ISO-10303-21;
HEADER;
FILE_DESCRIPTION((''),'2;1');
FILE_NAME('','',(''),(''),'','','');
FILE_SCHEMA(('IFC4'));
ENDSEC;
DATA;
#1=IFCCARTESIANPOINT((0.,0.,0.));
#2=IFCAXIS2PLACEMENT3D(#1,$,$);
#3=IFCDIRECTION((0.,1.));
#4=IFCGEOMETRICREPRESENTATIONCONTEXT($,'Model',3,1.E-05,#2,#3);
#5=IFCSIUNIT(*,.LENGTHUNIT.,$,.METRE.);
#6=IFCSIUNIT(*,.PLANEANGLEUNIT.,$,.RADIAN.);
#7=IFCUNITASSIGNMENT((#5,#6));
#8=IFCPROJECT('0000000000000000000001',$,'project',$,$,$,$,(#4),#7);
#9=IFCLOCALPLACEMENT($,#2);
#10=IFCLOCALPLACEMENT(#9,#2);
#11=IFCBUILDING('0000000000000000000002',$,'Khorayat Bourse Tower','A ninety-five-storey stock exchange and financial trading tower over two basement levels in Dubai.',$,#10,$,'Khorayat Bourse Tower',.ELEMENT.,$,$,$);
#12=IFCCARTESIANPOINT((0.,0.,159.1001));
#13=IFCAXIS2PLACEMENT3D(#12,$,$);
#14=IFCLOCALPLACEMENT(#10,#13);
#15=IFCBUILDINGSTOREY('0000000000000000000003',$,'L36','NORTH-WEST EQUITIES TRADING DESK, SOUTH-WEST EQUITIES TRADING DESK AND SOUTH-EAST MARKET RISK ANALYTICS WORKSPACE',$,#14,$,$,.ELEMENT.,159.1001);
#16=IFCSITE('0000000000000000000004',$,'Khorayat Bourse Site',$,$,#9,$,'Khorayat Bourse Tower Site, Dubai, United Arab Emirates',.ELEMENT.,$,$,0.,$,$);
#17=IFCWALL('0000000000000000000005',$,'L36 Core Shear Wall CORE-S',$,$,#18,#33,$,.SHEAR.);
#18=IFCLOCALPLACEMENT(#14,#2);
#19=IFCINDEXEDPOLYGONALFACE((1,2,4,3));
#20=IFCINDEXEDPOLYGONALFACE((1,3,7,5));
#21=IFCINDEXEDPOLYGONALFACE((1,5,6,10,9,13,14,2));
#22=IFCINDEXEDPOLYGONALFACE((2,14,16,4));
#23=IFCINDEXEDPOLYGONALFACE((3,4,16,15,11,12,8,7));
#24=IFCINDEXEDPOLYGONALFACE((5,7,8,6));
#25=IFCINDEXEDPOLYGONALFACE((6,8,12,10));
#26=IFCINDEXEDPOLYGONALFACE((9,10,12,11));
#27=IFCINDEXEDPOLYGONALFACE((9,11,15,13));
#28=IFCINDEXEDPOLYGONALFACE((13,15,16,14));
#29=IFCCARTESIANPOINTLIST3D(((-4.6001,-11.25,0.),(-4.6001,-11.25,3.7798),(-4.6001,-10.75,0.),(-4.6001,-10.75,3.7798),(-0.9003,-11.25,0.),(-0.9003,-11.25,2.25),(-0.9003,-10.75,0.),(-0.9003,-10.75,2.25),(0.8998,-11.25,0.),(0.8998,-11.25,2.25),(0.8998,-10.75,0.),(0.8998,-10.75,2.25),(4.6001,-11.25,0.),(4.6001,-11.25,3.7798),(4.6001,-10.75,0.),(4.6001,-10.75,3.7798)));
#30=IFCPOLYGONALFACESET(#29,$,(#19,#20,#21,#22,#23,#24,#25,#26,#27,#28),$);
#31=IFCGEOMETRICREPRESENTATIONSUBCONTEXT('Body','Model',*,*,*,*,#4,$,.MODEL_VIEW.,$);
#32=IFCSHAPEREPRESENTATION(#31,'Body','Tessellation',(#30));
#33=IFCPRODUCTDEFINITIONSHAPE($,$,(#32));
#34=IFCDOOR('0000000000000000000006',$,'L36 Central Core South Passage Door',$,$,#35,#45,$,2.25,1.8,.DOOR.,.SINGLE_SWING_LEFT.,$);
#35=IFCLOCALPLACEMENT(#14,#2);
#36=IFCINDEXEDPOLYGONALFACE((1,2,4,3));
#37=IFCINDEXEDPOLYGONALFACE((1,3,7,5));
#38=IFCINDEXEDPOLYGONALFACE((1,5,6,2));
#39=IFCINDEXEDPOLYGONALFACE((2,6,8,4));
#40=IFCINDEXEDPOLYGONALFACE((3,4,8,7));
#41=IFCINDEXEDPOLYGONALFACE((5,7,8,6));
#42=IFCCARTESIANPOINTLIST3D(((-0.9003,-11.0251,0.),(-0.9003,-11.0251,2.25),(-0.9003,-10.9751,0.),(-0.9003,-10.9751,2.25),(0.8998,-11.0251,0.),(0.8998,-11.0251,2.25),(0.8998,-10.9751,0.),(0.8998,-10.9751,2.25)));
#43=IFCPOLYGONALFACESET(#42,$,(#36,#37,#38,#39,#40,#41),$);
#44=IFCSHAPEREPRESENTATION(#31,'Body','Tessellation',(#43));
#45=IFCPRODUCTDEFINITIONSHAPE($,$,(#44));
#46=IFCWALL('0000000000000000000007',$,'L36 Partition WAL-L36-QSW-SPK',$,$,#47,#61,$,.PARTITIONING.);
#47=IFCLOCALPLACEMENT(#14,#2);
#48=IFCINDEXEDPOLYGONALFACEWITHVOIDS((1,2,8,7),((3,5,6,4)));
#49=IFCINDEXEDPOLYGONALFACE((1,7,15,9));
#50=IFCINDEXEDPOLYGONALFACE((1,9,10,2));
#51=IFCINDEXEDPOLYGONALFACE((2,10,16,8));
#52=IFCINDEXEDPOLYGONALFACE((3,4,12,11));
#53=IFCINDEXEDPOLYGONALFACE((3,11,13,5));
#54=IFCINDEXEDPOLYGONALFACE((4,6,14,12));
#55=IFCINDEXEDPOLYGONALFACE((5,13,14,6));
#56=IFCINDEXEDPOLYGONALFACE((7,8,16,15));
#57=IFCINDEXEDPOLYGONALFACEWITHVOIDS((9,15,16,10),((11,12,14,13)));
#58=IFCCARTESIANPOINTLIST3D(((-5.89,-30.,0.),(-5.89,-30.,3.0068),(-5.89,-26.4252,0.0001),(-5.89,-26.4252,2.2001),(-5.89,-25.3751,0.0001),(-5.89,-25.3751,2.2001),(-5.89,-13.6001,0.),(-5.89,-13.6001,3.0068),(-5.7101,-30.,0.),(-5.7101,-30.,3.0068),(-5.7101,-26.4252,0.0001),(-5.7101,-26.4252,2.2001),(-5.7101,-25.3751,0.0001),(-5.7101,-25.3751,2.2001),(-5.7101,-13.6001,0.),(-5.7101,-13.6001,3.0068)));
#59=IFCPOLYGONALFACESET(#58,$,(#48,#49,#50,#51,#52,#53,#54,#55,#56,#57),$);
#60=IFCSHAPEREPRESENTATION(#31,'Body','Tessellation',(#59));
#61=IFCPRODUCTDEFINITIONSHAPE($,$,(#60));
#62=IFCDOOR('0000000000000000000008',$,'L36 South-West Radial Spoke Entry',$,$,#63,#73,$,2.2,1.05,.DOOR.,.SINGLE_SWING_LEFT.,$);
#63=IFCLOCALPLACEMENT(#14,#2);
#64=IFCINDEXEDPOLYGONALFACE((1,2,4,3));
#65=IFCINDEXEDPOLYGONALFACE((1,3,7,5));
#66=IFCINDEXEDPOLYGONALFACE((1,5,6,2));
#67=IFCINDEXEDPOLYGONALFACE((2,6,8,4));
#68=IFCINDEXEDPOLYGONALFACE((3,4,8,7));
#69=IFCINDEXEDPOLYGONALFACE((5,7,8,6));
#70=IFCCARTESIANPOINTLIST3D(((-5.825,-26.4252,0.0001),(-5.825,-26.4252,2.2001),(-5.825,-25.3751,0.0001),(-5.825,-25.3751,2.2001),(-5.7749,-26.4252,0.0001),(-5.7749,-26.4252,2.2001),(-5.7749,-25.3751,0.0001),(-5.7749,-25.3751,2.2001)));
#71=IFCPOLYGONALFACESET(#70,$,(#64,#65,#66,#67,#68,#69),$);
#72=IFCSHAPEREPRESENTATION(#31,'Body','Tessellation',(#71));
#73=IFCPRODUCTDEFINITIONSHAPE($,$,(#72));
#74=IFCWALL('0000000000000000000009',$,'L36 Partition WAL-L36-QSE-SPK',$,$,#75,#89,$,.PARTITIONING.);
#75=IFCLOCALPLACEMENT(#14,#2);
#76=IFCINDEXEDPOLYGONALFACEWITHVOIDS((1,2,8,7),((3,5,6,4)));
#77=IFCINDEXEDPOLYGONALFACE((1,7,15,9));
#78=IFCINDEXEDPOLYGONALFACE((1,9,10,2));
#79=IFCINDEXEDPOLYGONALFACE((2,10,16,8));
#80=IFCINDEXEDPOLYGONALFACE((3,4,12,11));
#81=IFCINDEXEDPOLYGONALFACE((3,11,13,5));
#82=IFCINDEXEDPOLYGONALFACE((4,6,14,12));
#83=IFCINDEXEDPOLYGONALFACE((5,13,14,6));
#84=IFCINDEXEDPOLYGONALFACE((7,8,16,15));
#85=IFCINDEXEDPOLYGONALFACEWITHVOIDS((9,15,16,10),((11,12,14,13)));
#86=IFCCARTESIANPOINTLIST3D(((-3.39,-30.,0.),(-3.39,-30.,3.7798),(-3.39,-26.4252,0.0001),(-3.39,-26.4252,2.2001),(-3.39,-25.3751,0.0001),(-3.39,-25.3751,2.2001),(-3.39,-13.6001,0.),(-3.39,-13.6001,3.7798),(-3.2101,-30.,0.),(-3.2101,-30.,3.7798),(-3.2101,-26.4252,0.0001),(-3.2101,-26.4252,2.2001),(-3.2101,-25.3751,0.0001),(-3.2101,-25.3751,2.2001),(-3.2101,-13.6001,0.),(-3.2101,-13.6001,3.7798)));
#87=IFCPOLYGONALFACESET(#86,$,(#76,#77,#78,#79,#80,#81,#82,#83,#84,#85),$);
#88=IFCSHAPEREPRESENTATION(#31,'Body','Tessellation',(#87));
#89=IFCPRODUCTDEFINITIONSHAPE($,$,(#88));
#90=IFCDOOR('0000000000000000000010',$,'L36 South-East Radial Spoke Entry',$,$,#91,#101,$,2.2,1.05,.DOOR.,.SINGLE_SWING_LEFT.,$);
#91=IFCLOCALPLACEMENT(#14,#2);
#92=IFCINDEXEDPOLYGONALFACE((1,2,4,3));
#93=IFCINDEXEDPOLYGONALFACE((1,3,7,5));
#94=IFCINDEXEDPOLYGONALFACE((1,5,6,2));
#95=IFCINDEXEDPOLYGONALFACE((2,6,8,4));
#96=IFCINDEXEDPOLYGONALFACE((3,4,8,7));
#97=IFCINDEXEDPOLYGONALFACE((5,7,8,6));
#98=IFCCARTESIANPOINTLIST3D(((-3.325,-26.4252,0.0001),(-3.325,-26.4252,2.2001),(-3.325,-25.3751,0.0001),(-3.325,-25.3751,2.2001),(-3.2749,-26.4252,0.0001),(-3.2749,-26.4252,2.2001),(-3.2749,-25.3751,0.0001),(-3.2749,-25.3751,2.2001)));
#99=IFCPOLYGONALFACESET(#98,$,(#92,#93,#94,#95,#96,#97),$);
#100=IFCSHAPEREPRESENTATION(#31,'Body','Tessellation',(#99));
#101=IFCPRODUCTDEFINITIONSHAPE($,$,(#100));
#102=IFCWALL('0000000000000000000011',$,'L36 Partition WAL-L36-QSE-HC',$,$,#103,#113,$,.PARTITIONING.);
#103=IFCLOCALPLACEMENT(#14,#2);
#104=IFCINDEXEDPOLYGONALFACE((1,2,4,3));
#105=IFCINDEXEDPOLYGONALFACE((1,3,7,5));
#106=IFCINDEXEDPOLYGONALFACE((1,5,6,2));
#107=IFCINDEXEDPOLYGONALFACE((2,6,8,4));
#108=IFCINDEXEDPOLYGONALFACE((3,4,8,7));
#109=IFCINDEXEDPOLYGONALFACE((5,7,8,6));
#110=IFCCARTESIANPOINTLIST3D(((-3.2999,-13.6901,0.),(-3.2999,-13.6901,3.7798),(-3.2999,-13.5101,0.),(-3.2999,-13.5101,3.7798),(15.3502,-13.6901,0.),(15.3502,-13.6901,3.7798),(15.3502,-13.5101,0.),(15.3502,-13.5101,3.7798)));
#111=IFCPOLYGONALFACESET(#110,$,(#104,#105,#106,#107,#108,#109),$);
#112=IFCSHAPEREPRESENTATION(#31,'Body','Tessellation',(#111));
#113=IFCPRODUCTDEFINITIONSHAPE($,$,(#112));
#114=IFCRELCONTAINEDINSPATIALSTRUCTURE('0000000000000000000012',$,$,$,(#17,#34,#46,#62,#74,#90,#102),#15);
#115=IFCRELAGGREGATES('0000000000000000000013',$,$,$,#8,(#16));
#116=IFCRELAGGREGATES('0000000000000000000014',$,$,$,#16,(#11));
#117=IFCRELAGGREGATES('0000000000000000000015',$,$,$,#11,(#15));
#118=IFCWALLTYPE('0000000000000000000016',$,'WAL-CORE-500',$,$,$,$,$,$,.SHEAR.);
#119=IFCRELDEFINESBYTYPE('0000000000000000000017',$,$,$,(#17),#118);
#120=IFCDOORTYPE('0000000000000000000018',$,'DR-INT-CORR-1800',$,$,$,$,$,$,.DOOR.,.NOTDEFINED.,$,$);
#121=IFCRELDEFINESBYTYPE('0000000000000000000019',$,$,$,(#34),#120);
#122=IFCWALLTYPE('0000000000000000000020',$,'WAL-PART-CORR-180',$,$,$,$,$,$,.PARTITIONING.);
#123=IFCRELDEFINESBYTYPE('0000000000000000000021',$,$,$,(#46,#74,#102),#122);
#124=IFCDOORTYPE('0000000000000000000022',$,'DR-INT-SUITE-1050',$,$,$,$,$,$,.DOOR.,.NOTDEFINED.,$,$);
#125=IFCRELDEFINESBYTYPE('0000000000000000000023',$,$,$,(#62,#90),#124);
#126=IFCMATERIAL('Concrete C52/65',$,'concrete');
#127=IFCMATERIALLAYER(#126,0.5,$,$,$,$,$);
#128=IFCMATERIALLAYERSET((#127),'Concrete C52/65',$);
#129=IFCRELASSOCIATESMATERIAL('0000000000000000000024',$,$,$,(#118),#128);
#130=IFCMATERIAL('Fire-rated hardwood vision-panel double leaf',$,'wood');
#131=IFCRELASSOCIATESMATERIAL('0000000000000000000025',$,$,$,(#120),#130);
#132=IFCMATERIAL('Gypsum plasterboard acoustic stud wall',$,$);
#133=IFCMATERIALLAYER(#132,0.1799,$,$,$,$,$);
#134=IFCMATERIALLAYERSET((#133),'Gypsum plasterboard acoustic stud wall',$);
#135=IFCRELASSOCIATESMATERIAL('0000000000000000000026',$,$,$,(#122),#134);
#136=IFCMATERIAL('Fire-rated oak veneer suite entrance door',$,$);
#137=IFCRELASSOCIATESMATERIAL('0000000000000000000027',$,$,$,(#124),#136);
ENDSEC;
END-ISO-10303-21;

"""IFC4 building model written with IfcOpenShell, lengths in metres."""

from ifc_helpers import new_model, si_unit, direction, frame, frame_2d, origin, place, context, subcontext, project, spatial, rectangle, extrude, source, transform, mapped, material, layer, layer_set, type_object, element, fill, save


model = new_model("IFC4")

# Units and contexts
model_context = context("Model", 3, precision=1e-05, world=origin(), true_north=direction((0.0, 1.0)))
body_context = subcontext(model_context, "Body", "Model", "MODEL_VIEW")
ifc_project = project(units=[si_unit("LENGTHUNIT", "METRE"), si_unit("PLANEANGLEUNIT", "RADIAN")], contexts=[model_context])

# Site, building, storey
site_placement = place(None, origin())
site = spatial("IfcSite", under=ifc_project, at=site_placement, Name="Khorayat Bourse Site", LongName="Khorayat Bourse Tower Site, Dubai, United Arab Emirates", CompositionType="ELEMENT", RefElevation=0.0)
building_placement = place(site_placement, origin())
building = spatial("IfcBuilding", under=site, at=building_placement, Name="Khorayat Bourse Tower", Description="A ninety-five-storey stock exchange and financial trading tower over two basement levels in Dubai.", LongName="Khorayat Bourse Tower", CompositionType="ELEMENT")
storey_placement = place(building_placement, frame((0.0, 0.0, 159.1001)))
storey = spatial("IfcBuildingStorey", under=building, at=storey_placement, Name="L36", Description="NORTH-WEST EQUITIES TRADING DESK, SOUTH-WEST EQUITIES TRADING DESK AND SOUTH-EAST MARKET RISK ANALYTICS WORKSPACE", CompositionType="ELEMENT", Elevation=159.1001)

# Walls, openings, doors
ifc_material_1 = material(Name="Concrete C52/65", Category="concrete")
ifc_layer_1 = layer(ifc_material_1, 0.5)
ifc_layer_set_1 = layer_set([ifc_layer_1], Name="Concrete C52/65")
wall_type_1 = type_object("IfcWallType", Name="WAL-CORE-500", PredefinedType="SHEAR", material=ifc_layer_set_1)
shared_shape_1 = source(origin(), body_context, "Body", "SweptSolid", [
    extrude(rectangle(XDim=9.2002, YDim=0.5, at=frame_2d((4.6001, 0.0))), origin(), (0.0, 0.0, 1.0), 3.7798),
])
wall_1_placement = place(storey_placement, frame((-4.6001, -11.0, 0.0), z_axis=(0.0, 0.0, 1.0), x_axis=(1.0, 0.0, 0.0)))
wall_1 = element("IfcWall", 1, at=wall_1_placement, inside=storey, type_object=wall_type_1, Name="L36 Core Shear Wall CORE-S", PredefinedType="SHEAR", context=body_context, shape_type="MappedRepresentation", body=[
    mapped(shared_shape_1, transform((0.0, 0.0, 0.0), scale=1.0)),
])
shared_shape_2 = source(origin(), body_context, "Body", "SweptSolid", [
    extrude(rectangle(XDim=1.8, YDim=2.25, at=frame_2d((0.8999, 1.125))), frame((0.0, 0.26, 0.0), z_axis=(0.0, -1.0, 0.0), x_axis=(1.0, 0.0, 0.0)), (0.0, 0.0, 1.0), 0.52),
])
opening_1_placement = place(wall_1_placement, frame((3.7, 0.0, 0.0)))
opening_1 = element("IfcOpeningElement", 2, at=opening_1_placement, cuts=wall_1, PredefinedType="OPENING", context=body_context, shape_type="MappedRepresentation", body=[
    mapped(shared_shape_2, transform((0.0, 0.0, 0.0), scale=1.0)),
])
ifc_material_2 = material(Name="Fire-rated hardwood vision-panel double leaf", Category="wood")
door_type_1 = type_object("IfcDoorType", Name="DR-INT-CORR-1800", OperationType="NOTDEFINED", PredefinedType="DOOR", material=ifc_material_2)
shared_shape_3 = source(origin(), body_context, "Body", "SweptSolid", [
    extrude(rectangle(XDim=1.8, YDim=2.25, at=frame_2d((0.8999, 1.125))), frame((0.0, 0.0249, 0.0), z_axis=(0.0, -1.0, 0.0), x_axis=(1.0, 0.0, 0.0)), (0.0, 0.0, 1.0), 0.05),
])
door_1_placement = place(opening_1_placement, origin())
door_1 = element("IfcDoor", 3, at=door_1_placement, inside=storey, type_object=door_type_1, Name="L36 Central Core South Passage Door", OperationType="SINGLE_SWING_LEFT", OverallHeight=2.25, OverallWidth=1.8, PredefinedType="DOOR", context=body_context, shape_type="MappedRepresentation", body=[
    mapped(shared_shape_3, transform((0.0, 0.0, 0.0), scale=1.0)),
])
fill(opening_1, door_1)
ifc_material_3 = material(Name="Gypsum plasterboard acoustic stud wall")
ifc_layer_2 = layer(ifc_material_3, 0.1799)
ifc_layer_set_2 = layer_set([ifc_layer_2], Name="Gypsum plasterboard acoustic stud wall")
wall_type_2 = type_object("IfcWallType", Name="WAL-PART-CORR-180", PredefinedType="PARTITIONING", material=ifc_layer_set_2)
shared_shape_4 = source(origin(), body_context, "Body", "SweptSolid", [
    extrude(rectangle(XDim=16.3999, YDim=0.1799, at=frame_2d((8.2, 0.0))), origin(), (0.0, 0.0, 1.0), 3.0068),
])
wall_2_placement = place(storey_placement, frame((-5.8, -30.0, 0.0), z_axis=(0.0, 0.0, 1.0), x_axis=(0.0, 1.0, 0.0)))
wall_2 = element("IfcWall", 4, at=wall_2_placement, inside=storey, type_object=wall_type_2, Name="L36 Partition WAL-L36-QSW-SPK", PredefinedType="PARTITIONING", context=body_context, shape_type="MappedRepresentation", body=[
    mapped(shared_shape_4, transform((0.0, 0.0, 0.0), scale=1.0)),
])
shared_shape_5 = source(origin(), body_context, "Body", "SweptSolid", [
    extrude(rectangle(XDim=1.05, YDim=2.2, at=frame_2d((0.5249, 1.1001))), frame((0.0, 0.0999, 0.0), z_axis=(0.0, -1.0, 0.0), x_axis=(1.0, 0.0, 0.0)), (0.0, 0.0, 1.0), 0.2),
])
opening_2_placement = place(wall_2_placement, frame((3.575, 0.0, 0.0)))
opening_2 = element("IfcOpeningElement", 5, at=opening_2_placement, cuts=wall_2, PredefinedType="OPENING", context=body_context, shape_type="MappedRepresentation", body=[
    mapped(shared_shape_5, transform((0.0, 0.0, 0.0), scale=1.0)),
])
ifc_material_4 = material(Name="Fire-rated oak veneer suite entrance door")
door_type_2 = type_object("IfcDoorType", Name="DR-INT-SUITE-1050", OperationType="NOTDEFINED", PredefinedType="DOOR", material=ifc_material_4)
shared_shape_6 = source(origin(), body_context, "Body", "SweptSolid", [
    extrude(rectangle(XDim=1.05, YDim=2.2, at=frame_2d((0.5249, 1.1001))), frame((0.0, 0.0249, 0.0), z_axis=(0.0, -1.0, 0.0), x_axis=(1.0, 0.0, 0.0)), (0.0, 0.0, 1.0), 0.05),
])
door_2_placement = place(opening_2_placement, origin())
door_2 = element("IfcDoor", 6, at=door_2_placement, inside=storey, type_object=door_type_2, Name="L36 South-West Radial Spoke Entry", OperationType="SINGLE_SWING_LEFT", OverallHeight=2.2, OverallWidth=1.05, PredefinedType="DOOR", context=body_context, shape_type="MappedRepresentation", body=[
    mapped(shared_shape_6, transform((0.0, 0.0, 0.0), scale=1.0)),
])
fill(opening_2, door_2)
shared_shape_7 = source(origin(), body_context, "Body", "SweptSolid", [
    extrude(rectangle(XDim=16.3999, YDim=0.1799, at=frame_2d((8.2, 0.0))), origin(), (0.0, 0.0, 1.0), 3.7798),
])
wall_3_placement = place(storey_placement, frame((-3.3, -30.0, 0.0), z_axis=(0.0, 0.0, 1.0), x_axis=(0.0, 1.0, 0.0)))
wall_3 = element("IfcWall", 7, at=wall_3_placement, inside=storey, type_object=wall_type_2, Name="L36 Partition WAL-L36-QSE-SPK", PredefinedType="PARTITIONING", context=body_context, shape_type="MappedRepresentation", body=[
    mapped(shared_shape_7, transform((0.0, 0.0, 0.0), scale=1.0)),
])
opening_3_placement = place(wall_3_placement, frame((3.575, 0.0, 0.0)))
opening_3 = element("IfcOpeningElement", 8, at=opening_3_placement, cuts=wall_3, PredefinedType="OPENING", context=body_context, shape_type="MappedRepresentation", body=[
    mapped(shared_shape_5, transform((0.0, 0.0, 0.0), scale=1.0)),
])
door_3_placement = place(opening_3_placement, origin())
door_3 = element("IfcDoor", 9, at=door_3_placement, inside=storey, type_object=door_type_2, Name="L36 South-East Radial Spoke Entry", OperationType="SINGLE_SWING_LEFT", OverallHeight=2.2, OverallWidth=1.05, PredefinedType="DOOR", context=body_context, shape_type="MappedRepresentation", body=[
    mapped(shared_shape_6, transform((0.0, 0.0, 0.0), scale=1.0)),
])
fill(opening_3, door_3)

# Wall
shared_shape_8 = source(origin(), body_context, "Body", "SweptSolid", [
    extrude(rectangle(XDim=18.6501, YDim=0.1799, at=frame_2d((9.3252, 0.0))), origin(), (0.0, 0.0, 1.0), 3.7798),
])
wall_4_placement = place(storey_placement, frame((-3.3, -13.6001, 0.0), z_axis=(0.0, 0.0, 1.0), x_axis=(1.0, 0.0, 0.0)))
element("IfcWall", 10, at=wall_4_placement, inside=storey, type_object=wall_type_2, Name="L36 Partition WAL-L36-QSE-HC", PredefinedType="PARTITIONING", context=body_context, shape_type="MappedRepresentation", body=[
    mapped(shared_shape_8, transform((0.0, 0.0, 0.0), scale=1.0)),
])

save(model, "model.ifc")
